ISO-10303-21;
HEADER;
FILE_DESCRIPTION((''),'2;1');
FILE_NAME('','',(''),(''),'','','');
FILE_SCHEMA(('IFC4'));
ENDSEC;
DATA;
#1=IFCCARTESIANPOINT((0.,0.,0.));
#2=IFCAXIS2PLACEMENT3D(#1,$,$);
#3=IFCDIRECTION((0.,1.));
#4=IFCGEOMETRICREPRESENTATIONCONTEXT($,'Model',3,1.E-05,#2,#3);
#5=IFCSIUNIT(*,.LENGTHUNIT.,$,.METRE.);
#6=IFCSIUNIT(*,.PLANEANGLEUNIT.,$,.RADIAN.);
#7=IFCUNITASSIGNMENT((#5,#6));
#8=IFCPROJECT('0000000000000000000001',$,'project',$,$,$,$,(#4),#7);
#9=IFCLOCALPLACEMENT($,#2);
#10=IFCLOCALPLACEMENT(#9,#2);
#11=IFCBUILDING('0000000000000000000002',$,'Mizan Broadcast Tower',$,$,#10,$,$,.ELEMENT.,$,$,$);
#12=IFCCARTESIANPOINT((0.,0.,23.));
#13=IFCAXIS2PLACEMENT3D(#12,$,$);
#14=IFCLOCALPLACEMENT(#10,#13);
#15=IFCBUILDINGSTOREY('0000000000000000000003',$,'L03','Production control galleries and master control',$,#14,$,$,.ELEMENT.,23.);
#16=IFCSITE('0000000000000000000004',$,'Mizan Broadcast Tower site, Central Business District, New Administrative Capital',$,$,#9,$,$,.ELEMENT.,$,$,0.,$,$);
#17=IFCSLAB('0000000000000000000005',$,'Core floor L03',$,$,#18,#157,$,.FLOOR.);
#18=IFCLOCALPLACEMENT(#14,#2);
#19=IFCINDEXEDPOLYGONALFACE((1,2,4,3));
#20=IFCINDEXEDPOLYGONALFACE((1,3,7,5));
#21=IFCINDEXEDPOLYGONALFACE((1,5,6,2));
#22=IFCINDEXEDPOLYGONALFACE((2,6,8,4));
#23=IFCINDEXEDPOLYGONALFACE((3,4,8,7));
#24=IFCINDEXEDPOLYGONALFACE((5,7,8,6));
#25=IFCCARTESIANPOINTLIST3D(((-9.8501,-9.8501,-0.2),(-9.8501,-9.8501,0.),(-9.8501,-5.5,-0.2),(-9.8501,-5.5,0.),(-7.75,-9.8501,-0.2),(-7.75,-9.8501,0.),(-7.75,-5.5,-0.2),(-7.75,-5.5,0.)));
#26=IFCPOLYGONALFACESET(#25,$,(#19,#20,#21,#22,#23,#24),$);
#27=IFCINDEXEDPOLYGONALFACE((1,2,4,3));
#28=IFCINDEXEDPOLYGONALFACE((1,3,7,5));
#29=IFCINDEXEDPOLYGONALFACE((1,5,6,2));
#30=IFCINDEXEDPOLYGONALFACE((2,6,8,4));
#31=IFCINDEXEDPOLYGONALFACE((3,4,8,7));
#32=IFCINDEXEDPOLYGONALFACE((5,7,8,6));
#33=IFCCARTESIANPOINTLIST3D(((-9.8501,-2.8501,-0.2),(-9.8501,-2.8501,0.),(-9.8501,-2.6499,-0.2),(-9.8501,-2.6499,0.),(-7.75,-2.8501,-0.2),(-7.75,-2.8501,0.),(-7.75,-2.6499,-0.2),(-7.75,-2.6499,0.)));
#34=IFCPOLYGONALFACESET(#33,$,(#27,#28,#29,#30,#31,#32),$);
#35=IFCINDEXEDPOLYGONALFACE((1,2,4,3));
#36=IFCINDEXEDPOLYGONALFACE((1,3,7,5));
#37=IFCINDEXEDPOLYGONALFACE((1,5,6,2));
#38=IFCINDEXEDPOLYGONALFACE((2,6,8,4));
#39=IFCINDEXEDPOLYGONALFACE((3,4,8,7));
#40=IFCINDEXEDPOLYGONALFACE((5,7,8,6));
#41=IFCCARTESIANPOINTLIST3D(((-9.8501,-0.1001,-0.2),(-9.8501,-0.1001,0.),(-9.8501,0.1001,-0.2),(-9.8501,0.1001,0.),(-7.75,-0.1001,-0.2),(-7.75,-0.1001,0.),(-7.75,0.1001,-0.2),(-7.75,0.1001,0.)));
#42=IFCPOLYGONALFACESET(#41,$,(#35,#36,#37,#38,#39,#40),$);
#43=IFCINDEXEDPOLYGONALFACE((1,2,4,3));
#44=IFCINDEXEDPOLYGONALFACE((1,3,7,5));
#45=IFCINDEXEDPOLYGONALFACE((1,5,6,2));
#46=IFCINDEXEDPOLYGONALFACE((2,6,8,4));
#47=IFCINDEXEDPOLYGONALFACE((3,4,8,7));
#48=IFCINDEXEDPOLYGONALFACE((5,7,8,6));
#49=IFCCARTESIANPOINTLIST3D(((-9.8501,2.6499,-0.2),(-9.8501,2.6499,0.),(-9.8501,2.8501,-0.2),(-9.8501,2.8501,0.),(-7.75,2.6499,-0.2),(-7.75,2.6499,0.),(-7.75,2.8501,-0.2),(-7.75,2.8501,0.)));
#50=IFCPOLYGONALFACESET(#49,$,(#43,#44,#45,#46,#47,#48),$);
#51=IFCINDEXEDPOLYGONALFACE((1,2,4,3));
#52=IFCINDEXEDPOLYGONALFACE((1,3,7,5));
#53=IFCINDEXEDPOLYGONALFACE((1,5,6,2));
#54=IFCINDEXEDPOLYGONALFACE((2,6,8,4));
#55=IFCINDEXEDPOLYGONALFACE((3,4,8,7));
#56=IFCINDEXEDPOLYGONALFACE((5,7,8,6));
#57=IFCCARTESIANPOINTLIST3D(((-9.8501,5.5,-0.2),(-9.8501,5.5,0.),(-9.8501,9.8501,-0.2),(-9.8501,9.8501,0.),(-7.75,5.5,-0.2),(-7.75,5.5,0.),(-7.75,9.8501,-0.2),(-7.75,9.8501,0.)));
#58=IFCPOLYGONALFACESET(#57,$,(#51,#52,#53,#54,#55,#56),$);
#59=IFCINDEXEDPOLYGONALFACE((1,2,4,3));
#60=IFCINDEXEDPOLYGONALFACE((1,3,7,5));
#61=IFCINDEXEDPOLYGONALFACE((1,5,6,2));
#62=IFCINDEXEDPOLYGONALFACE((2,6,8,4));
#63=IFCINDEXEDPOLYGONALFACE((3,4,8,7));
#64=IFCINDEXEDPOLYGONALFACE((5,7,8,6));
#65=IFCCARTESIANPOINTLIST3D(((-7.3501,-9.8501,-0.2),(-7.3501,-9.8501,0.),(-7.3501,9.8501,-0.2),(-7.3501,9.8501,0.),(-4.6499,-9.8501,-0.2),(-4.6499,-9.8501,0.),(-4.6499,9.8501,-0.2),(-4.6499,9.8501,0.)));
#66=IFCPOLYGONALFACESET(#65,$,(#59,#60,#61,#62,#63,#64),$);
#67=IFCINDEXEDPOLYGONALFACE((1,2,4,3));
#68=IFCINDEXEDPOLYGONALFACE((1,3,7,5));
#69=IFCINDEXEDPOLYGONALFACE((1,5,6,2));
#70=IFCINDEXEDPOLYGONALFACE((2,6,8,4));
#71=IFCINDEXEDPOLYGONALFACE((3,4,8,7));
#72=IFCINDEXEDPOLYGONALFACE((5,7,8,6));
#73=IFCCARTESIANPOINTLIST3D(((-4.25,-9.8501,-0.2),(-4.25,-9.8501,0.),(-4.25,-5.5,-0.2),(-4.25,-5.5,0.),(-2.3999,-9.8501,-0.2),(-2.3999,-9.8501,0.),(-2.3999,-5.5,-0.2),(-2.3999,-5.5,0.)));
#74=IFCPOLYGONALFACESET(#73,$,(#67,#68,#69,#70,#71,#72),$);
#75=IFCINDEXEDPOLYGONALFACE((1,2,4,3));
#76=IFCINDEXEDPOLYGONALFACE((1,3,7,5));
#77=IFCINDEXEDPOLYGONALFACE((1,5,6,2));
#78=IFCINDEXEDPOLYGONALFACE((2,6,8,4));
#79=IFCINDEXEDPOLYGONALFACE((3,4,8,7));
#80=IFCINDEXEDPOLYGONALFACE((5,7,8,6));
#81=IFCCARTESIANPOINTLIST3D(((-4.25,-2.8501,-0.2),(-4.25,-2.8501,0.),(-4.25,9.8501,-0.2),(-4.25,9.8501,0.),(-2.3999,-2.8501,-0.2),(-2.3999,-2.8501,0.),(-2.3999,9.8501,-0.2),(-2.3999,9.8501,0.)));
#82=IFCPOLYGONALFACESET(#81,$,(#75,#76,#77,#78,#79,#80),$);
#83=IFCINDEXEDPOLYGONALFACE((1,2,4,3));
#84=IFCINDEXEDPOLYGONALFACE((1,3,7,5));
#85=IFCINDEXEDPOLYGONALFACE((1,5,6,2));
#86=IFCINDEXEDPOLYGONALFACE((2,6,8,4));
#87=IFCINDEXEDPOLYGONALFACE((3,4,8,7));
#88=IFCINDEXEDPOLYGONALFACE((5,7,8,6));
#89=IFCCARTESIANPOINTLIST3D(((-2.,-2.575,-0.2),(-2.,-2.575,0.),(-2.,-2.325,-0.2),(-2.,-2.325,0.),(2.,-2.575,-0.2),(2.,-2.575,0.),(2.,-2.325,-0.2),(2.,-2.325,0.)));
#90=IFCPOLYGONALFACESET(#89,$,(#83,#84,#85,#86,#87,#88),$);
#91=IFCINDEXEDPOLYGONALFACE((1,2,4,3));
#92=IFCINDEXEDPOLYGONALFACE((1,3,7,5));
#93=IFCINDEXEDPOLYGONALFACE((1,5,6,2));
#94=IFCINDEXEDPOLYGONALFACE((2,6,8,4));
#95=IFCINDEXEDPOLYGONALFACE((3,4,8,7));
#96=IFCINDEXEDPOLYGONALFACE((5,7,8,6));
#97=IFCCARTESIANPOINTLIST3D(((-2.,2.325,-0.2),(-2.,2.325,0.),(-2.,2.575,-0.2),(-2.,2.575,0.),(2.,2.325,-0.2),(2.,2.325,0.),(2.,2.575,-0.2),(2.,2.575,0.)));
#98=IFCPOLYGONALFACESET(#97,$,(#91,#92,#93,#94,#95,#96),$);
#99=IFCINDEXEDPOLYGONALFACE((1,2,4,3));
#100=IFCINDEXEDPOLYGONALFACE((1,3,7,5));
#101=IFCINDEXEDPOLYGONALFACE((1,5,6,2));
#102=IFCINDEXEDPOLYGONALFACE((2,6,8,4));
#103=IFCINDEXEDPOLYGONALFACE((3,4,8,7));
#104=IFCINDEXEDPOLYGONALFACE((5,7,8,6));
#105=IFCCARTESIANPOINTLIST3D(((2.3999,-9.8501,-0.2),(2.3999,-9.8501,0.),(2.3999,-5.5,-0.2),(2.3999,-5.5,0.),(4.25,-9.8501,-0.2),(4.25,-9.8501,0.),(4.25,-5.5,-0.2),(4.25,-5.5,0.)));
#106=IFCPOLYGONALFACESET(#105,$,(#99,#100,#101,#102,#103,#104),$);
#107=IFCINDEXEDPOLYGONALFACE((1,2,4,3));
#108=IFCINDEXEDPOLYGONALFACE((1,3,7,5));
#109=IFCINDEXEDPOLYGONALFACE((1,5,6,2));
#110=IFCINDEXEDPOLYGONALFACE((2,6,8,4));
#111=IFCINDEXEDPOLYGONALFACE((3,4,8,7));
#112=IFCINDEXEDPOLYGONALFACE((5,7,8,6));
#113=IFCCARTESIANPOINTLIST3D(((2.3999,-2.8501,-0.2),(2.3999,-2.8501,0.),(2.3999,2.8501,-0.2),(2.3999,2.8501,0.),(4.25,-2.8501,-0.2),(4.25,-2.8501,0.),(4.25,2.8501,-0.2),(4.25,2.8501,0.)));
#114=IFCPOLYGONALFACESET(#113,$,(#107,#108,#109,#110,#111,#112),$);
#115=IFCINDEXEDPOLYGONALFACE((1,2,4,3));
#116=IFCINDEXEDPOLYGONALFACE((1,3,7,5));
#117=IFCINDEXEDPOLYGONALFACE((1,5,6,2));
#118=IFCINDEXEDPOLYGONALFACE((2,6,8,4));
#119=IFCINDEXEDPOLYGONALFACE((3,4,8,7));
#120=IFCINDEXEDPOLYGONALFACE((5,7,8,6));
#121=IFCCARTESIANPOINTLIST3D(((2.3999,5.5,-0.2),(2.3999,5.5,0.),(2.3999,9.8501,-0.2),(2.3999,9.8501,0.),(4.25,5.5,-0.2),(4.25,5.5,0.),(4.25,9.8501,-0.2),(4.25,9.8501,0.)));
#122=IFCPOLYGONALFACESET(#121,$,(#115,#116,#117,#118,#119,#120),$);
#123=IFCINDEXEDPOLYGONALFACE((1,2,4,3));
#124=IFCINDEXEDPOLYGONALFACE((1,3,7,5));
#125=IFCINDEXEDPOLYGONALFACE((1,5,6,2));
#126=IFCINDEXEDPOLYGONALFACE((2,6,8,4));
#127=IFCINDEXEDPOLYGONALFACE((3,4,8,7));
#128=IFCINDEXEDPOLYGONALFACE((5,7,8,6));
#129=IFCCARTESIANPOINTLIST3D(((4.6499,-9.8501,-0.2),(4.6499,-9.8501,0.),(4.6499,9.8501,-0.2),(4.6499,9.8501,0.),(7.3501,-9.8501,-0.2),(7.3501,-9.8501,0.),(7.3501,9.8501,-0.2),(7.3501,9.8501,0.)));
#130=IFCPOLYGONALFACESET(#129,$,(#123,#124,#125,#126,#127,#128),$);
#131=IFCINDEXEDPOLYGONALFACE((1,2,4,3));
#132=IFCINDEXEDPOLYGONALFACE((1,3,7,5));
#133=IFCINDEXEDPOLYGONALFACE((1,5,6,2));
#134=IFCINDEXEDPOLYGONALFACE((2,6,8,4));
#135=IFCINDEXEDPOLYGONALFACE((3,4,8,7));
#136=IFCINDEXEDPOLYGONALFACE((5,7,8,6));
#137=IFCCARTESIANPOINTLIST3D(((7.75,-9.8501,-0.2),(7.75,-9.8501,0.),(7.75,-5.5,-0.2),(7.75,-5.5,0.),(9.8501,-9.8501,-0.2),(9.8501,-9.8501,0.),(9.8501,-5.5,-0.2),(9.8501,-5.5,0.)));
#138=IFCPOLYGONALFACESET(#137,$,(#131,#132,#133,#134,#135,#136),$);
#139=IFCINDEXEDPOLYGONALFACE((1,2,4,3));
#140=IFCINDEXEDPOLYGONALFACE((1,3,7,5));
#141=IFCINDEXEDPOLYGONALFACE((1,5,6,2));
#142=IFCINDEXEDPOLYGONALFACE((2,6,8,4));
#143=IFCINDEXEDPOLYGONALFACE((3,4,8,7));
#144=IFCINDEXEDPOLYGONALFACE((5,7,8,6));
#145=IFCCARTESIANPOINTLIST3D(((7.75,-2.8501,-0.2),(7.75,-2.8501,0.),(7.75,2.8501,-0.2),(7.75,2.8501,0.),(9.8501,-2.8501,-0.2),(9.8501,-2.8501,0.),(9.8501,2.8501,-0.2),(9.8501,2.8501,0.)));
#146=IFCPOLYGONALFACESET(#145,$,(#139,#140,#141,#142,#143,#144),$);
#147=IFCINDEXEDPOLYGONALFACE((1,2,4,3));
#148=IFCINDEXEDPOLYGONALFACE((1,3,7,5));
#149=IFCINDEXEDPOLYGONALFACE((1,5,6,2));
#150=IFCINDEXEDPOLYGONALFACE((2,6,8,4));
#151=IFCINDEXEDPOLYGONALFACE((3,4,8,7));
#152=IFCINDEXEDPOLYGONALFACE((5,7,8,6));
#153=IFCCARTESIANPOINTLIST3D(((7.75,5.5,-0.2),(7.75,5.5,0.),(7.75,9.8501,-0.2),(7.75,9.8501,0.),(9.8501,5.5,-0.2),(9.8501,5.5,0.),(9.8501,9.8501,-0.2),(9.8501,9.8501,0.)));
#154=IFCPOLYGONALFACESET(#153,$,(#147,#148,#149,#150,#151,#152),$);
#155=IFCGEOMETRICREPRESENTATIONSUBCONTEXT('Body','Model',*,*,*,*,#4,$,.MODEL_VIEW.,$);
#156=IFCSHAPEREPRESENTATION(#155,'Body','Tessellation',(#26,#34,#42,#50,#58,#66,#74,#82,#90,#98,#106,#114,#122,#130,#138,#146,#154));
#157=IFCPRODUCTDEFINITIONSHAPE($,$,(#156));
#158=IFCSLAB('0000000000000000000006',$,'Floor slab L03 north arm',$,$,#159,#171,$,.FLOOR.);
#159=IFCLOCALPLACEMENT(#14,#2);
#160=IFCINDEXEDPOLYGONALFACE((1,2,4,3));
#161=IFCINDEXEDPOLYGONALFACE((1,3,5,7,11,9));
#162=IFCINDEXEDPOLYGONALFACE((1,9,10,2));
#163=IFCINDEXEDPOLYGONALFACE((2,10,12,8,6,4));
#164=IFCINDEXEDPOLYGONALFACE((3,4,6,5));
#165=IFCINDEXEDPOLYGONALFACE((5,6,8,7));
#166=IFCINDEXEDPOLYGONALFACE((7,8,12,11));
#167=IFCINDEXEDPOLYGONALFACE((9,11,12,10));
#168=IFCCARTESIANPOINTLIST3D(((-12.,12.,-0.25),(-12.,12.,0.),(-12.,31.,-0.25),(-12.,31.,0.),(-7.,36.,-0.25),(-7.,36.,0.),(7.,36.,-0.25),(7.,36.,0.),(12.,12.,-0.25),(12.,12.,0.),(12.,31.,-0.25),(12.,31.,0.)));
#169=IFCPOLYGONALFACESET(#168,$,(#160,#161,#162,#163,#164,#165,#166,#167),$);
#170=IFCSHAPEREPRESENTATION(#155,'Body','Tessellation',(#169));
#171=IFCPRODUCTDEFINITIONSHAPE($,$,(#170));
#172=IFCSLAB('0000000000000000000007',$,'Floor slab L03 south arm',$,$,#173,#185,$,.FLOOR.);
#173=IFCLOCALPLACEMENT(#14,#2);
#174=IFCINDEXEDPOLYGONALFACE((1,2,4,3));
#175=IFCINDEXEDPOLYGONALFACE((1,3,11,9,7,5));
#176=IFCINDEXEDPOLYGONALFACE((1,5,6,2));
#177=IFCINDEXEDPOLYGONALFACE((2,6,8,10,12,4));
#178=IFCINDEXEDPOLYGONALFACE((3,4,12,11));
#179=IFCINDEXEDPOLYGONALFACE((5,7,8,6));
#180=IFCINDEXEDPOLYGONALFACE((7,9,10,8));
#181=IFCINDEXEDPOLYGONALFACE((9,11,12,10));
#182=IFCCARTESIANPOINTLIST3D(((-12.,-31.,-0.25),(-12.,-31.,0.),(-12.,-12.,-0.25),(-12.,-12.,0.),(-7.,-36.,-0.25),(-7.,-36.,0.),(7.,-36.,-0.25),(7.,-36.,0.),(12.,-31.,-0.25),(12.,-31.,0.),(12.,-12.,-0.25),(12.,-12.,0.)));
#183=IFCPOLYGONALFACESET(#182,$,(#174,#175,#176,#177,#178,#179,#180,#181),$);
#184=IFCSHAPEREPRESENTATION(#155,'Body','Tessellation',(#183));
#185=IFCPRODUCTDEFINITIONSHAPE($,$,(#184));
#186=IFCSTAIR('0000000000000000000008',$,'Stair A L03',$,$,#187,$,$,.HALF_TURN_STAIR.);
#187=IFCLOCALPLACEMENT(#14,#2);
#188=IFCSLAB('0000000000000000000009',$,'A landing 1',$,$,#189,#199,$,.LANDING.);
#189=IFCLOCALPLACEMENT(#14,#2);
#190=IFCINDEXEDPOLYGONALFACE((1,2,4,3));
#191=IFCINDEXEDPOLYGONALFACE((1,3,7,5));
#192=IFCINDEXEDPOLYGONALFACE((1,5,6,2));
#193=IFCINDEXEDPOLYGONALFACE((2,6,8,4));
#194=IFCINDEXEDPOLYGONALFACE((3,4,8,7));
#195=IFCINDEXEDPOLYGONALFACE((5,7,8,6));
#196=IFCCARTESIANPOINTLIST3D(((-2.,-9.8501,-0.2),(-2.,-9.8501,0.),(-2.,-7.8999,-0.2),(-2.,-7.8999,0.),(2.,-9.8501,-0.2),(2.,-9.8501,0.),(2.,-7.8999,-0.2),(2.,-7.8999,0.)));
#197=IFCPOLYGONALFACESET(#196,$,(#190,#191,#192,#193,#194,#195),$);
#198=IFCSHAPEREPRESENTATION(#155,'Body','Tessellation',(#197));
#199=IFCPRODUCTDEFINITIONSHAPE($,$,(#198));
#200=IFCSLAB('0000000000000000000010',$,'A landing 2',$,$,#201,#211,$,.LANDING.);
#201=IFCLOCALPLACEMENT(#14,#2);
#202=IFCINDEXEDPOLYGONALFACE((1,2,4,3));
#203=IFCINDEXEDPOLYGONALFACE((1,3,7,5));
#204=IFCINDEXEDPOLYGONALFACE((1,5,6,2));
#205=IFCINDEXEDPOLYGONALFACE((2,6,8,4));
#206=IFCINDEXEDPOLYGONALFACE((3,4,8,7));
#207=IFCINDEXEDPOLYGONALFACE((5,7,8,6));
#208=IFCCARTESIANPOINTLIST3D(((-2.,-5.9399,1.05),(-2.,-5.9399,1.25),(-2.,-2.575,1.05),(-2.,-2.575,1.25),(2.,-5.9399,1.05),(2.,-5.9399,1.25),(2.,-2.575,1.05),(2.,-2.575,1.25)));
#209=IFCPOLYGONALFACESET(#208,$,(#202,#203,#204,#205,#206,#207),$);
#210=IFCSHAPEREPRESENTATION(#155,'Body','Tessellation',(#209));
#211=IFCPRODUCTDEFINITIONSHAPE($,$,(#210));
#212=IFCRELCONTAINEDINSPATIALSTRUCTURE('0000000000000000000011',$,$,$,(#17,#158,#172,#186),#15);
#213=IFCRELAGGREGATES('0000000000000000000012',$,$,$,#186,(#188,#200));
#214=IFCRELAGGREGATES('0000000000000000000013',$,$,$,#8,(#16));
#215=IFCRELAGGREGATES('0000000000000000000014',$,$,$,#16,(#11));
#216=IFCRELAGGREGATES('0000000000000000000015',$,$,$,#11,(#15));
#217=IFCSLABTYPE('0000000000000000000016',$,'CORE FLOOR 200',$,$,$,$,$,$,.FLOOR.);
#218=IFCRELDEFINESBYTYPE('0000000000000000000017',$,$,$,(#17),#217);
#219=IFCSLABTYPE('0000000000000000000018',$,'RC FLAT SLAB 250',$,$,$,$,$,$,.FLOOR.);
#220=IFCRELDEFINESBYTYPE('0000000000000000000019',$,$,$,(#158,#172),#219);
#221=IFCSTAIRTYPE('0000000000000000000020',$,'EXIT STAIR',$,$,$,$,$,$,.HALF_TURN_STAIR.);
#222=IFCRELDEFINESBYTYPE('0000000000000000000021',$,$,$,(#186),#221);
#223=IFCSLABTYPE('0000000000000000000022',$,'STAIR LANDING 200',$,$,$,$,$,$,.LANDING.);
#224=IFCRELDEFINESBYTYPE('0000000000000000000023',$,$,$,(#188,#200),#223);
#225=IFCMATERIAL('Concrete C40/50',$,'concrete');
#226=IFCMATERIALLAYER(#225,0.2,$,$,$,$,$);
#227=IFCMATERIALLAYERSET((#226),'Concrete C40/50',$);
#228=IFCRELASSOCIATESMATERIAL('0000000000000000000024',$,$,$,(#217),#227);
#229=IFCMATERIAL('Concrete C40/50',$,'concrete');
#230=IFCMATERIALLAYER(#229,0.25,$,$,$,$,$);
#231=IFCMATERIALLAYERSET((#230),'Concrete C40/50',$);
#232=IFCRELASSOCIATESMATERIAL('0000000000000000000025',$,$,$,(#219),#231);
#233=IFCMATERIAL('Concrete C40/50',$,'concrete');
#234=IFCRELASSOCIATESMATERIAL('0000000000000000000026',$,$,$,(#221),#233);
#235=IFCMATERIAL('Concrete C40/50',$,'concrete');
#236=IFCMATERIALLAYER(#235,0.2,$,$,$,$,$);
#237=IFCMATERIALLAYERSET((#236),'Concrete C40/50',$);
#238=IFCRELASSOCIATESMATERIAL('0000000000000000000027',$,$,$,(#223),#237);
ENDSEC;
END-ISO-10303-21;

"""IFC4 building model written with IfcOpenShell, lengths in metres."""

from ifc_helpers import new_model, si_unit, direction, frame, origin, place, context, subcontext, project, spatial, polyline, outline, extrude, material, layer, layer_set, type_object, element, aggregate, save


model = new_model("IFC4")

# Units and contexts
model_context = context("Model", 3, precision=1e-05, world=origin(), true_north=direction((0.0, 1.0)))
body_context = subcontext(model_context, "Body", "Model", "MODEL_VIEW")
ifc_project = project(units=[si_unit("LENGTHUNIT", "METRE"), si_unit("PLANEANGLEUNIT", "RADIAN")], contexts=[model_context])

# Site, building, storey
site_placement = place(None, origin())
site = spatial("IfcSite", under=ifc_project, at=site_placement, Name="Mizan Broadcast Tower site, Central Business District, New Administrative Capital", CompositionType="ELEMENT", RefElevation=0.0)
building_placement = place(site_placement, origin())
building = spatial("IfcBuilding", under=site, at=building_placement, Name="Mizan Broadcast Tower", CompositionType="ELEMENT")
storey_placement = place(building_placement, frame((0.0, 0.0, 23.0)))
storey = spatial("IfcBuildingStorey", under=building, at=storey_placement, Name="L03", Description="Production control galleries and master control", CompositionType="ELEMENT", Elevation=23.0)

# Slabs
ifc_material_1 = material(Name="Concrete C40/50", Category="concrete")
ifc_layer_1 = layer(ifc_material_1, 0.2)
ifc_layer_set_1 = layer_set([ifc_layer_1], Name="Concrete C40/50")
slab_type_1 = type_object("IfcSlabType", Name="CORE FLOOR 200", PredefinedType="FLOOR", material=ifc_layer_set_1)
slab_1_placement = place(storey_placement, frame((0.0, 0.0, -0.2)))
element("IfcSlab", 1, at=slab_1_placement, inside=storey, type_object=slab_type_1, Name="Core floor L03", PredefinedType="FLOOR", context=body_context, shape_type="SweptSolid", body=[
    extrude(outline(polyline([(-9.8501, -9.8501), (-7.75, -9.8501), (-7.75, -5.5), (-9.8501, -5.5), (-9.8501, -9.8501)])), origin(), (0.0, 0.0, 1.0), 0.2),
    extrude(outline(polyline([(-9.8501, -2.8501), (-7.75, -2.8501), (-7.75, -2.6499), (-9.8501, -2.6499), (-9.8501, -2.8501)])), origin(), (0.0, 0.0, 1.0), 0.2),
    extrude(outline(polyline([(-9.8501, -0.1001), (-7.75, -0.1001), (-7.75, 0.1001), (-9.8501, 0.1001), (-9.8501, -0.1001)])), origin(), (0.0, 0.0, 1.0), 0.2),
    extrude(outline(polyline([(-9.8501, 2.6499), (-7.75, 2.6499), (-7.75, 2.8501), (-9.8501, 2.8501), (-9.8501, 2.6499)])), origin(), (0.0, 0.0, 1.0), 0.2),
    extrude(outline(polyline([(-9.8501, 5.5), (-7.75, 5.5), (-7.75, 9.8501), (-9.8501, 9.8501), (-9.8501, 5.5)])), origin(), (0.0, 0.0, 1.0), 0.2),
    extrude(outline(polyline([(-4.6499, 9.8501), (-7.3501, 9.8501), (-7.3501, -9.8501), (-4.6499, -9.8501), (-4.6499, 9.8501)])), origin(), (0.0, 0.0, 1.0), 0.2),
    extrude(outline(polyline([(-4.25, -5.5), (-4.25, -9.8501), (-2.3999, -9.8501), (-2.3999, -5.5), (-4.25, -5.5)])), origin(), (0.0, 0.0, 1.0), 0.2),
    extrude(outline(polyline([(-4.25, -2.8501), (-2.3999, -2.8501), (-2.3999, 9.8501), (-4.25, 9.8501), (-4.25, -2.8501)])), origin(), (0.0, 0.0, 1.0), 0.2),
    extrude(outline(polyline([(2.0, -2.325), (-2.0, -2.325), (-2.0, -2.575), (2.0, -2.575), (2.0, -2.325)])), origin(), (0.0, 0.0, 1.0), 0.2),
    extrude(outline(polyline([(2.0, 2.575), (-2.0, 2.575), (-2.0, 2.325), (2.0, 2.325), (2.0, 2.575)])), origin(), (0.0, 0.0, 1.0), 0.2),
    extrude(outline(polyline([(4.25, -9.8501), (4.25, -5.5), (2.3999, -5.5), (2.3999, -9.8501), (4.25, -9.8501)])), origin(), (0.0, 0.0, 1.0), 0.2),
    extrude(outline(polyline([(4.25, -2.8501), (4.25, 2.8501), (2.3999, 2.8501), (2.3999, -2.8501), (4.25, -2.8501)])), origin(), (0.0, 0.0, 1.0), 0.2),
    extrude(outline(polyline([(4.25, 5.5), (4.25, 9.8501), (2.3999, 9.8501), (2.3999, 5.5), (4.25, 5.5)])), origin(), (0.0, 0.0, 1.0), 0.2),
    extrude(outline(polyline([(4.6499, 9.8501), (4.6499, -9.8501), (7.3501, -9.8501), (7.3501, 9.8501), (4.6499, 9.8501)])), origin(), (0.0, 0.0, 1.0), 0.2),
    extrude(outline(polyline([(9.8501, -9.8501), (9.8501, -5.5), (7.75, -5.5), (7.75, -9.8501), (9.8501, -9.8501)])), origin(), (0.0, 0.0, 1.0), 0.2),
    extrude(outline(polyline([(7.75, 2.8501), (7.75, -2.8501), (9.8501, -2.8501), (9.8501, 2.8501), (7.75, 2.8501)])), origin(), (0.0, 0.0, 1.0), 0.2),
    extrude(outline(polyline([(9.8501, 5.5), (9.8501, 9.8501), (7.75, 9.8501), (7.75, 5.5), (9.8501, 5.5)])), origin(), (0.0, 0.0, 1.0), 0.2),
])
ifc_material_2 = material(Name="Concrete C40/50", Category="concrete")
ifc_layer_2 = layer(ifc_material_2, 0.25)
ifc_layer_set_2 = layer_set([ifc_layer_2], Name="Concrete C40/50")
slab_type_2 = type_object("IfcSlabType", Name="RC FLAT SLAB 250", PredefinedType="FLOOR", material=ifc_layer_set_2)
slab_2_placement = place(storey_placement, frame((0.0, 0.0, -0.25)))
element("IfcSlab", 2, at=slab_2_placement, inside=storey, type_object=slab_type_2, Name="Floor slab L03 north arm", PredefinedType="FLOOR", context=body_context, shape_type="SweptSolid", body=[
    extrude(outline(polyline([(-7.0, 36.0), (-12.0, 31.0), (-12.0, 12.0), (12.0, 12.0), (12.0, 31.0), (7.0, 36.0), (-7.0, 36.0)])), origin(), (0.0, 0.0, 1.0), 0.25),
])
slab_3_placement = place(storey_placement, frame((0.0, 0.0, -0.25)))
element("IfcSlab", 3, at=slab_3_placement, inside=storey, type_object=slab_type_2, Name="Floor slab L03 south arm", PredefinedType="FLOOR", context=body_context, shape_type="SweptSolid", body=[
    extrude(outline(polyline([(7.0, -36.0), (12.0, -31.0), (12.0, -12.0), (-12.0, -12.0), (-12.0, -31.0), (-7.0, -36.0), (7.0, -36.0)])), origin(), (0.0, 0.0, 1.0), 0.25),
])

# Stair, slabs
ifc_material_3 = material(Name="Concrete C40/50", Category="concrete")
stair_type = type_object("IfcStairType", Name="EXIT STAIR", PredefinedType="HALF_TURN_STAIR", material=ifc_material_3)
stair_1_placement = place(storey_placement, origin())
stair_1 = element("IfcStair", 4, at=stair_1_placement, inside=storey, type_object=stair_type, Name="Stair A L03", PredefinedType="HALF_TURN_STAIR")
ifc_material_4 = material(Name="Concrete C40/50", Category="concrete")
ifc_layer_3 = layer(ifc_material_4, 0.2)
ifc_layer_set_3 = layer_set([ifc_layer_3], Name="Concrete C40/50")
slab_type_3 = type_object("IfcSlabType", Name="STAIR LANDING 200", PredefinedType="LANDING", material=ifc_layer_set_3)
slab_4_placement = place(storey_placement, frame((0.0, 0.0, -0.2)))
slab_4 = element("IfcSlab", 5, at=slab_4_placement, type_object=slab_type_3, Name="A landing 1", PredefinedType="LANDING", context=body_context, shape_type="SweptSolid", body=[
    extrude(outline(polyline([(-2.0, -9.8501), (-2.0, -7.8999), (2.0, -7.8999), (2.0, -9.8501), (-2.0, -9.8501)])), origin(), (0.0, 0.0, 1.0), 0.2),
])
slab_5_placement = place(storey_placement, frame((0.0, 0.0, 1.05)))
slab_5 = element("IfcSlab", 6, at=slab_5_placement, type_object=slab_type_3, Name="A landing 2", PredefinedType="LANDING", context=body_context, shape_type="SweptSolid", body=[
    extrude(outline(polyline([(-2.0, -5.9399), (-2.0, -2.575), (2.0, -2.575), (2.0, -5.9399), (-2.0, -5.9399)])), origin(), (0.0, 0.0, 1.0), 0.2),
])
aggregate(stair_1, [slab_4, slab_5])

save(model, "model.ifc")
